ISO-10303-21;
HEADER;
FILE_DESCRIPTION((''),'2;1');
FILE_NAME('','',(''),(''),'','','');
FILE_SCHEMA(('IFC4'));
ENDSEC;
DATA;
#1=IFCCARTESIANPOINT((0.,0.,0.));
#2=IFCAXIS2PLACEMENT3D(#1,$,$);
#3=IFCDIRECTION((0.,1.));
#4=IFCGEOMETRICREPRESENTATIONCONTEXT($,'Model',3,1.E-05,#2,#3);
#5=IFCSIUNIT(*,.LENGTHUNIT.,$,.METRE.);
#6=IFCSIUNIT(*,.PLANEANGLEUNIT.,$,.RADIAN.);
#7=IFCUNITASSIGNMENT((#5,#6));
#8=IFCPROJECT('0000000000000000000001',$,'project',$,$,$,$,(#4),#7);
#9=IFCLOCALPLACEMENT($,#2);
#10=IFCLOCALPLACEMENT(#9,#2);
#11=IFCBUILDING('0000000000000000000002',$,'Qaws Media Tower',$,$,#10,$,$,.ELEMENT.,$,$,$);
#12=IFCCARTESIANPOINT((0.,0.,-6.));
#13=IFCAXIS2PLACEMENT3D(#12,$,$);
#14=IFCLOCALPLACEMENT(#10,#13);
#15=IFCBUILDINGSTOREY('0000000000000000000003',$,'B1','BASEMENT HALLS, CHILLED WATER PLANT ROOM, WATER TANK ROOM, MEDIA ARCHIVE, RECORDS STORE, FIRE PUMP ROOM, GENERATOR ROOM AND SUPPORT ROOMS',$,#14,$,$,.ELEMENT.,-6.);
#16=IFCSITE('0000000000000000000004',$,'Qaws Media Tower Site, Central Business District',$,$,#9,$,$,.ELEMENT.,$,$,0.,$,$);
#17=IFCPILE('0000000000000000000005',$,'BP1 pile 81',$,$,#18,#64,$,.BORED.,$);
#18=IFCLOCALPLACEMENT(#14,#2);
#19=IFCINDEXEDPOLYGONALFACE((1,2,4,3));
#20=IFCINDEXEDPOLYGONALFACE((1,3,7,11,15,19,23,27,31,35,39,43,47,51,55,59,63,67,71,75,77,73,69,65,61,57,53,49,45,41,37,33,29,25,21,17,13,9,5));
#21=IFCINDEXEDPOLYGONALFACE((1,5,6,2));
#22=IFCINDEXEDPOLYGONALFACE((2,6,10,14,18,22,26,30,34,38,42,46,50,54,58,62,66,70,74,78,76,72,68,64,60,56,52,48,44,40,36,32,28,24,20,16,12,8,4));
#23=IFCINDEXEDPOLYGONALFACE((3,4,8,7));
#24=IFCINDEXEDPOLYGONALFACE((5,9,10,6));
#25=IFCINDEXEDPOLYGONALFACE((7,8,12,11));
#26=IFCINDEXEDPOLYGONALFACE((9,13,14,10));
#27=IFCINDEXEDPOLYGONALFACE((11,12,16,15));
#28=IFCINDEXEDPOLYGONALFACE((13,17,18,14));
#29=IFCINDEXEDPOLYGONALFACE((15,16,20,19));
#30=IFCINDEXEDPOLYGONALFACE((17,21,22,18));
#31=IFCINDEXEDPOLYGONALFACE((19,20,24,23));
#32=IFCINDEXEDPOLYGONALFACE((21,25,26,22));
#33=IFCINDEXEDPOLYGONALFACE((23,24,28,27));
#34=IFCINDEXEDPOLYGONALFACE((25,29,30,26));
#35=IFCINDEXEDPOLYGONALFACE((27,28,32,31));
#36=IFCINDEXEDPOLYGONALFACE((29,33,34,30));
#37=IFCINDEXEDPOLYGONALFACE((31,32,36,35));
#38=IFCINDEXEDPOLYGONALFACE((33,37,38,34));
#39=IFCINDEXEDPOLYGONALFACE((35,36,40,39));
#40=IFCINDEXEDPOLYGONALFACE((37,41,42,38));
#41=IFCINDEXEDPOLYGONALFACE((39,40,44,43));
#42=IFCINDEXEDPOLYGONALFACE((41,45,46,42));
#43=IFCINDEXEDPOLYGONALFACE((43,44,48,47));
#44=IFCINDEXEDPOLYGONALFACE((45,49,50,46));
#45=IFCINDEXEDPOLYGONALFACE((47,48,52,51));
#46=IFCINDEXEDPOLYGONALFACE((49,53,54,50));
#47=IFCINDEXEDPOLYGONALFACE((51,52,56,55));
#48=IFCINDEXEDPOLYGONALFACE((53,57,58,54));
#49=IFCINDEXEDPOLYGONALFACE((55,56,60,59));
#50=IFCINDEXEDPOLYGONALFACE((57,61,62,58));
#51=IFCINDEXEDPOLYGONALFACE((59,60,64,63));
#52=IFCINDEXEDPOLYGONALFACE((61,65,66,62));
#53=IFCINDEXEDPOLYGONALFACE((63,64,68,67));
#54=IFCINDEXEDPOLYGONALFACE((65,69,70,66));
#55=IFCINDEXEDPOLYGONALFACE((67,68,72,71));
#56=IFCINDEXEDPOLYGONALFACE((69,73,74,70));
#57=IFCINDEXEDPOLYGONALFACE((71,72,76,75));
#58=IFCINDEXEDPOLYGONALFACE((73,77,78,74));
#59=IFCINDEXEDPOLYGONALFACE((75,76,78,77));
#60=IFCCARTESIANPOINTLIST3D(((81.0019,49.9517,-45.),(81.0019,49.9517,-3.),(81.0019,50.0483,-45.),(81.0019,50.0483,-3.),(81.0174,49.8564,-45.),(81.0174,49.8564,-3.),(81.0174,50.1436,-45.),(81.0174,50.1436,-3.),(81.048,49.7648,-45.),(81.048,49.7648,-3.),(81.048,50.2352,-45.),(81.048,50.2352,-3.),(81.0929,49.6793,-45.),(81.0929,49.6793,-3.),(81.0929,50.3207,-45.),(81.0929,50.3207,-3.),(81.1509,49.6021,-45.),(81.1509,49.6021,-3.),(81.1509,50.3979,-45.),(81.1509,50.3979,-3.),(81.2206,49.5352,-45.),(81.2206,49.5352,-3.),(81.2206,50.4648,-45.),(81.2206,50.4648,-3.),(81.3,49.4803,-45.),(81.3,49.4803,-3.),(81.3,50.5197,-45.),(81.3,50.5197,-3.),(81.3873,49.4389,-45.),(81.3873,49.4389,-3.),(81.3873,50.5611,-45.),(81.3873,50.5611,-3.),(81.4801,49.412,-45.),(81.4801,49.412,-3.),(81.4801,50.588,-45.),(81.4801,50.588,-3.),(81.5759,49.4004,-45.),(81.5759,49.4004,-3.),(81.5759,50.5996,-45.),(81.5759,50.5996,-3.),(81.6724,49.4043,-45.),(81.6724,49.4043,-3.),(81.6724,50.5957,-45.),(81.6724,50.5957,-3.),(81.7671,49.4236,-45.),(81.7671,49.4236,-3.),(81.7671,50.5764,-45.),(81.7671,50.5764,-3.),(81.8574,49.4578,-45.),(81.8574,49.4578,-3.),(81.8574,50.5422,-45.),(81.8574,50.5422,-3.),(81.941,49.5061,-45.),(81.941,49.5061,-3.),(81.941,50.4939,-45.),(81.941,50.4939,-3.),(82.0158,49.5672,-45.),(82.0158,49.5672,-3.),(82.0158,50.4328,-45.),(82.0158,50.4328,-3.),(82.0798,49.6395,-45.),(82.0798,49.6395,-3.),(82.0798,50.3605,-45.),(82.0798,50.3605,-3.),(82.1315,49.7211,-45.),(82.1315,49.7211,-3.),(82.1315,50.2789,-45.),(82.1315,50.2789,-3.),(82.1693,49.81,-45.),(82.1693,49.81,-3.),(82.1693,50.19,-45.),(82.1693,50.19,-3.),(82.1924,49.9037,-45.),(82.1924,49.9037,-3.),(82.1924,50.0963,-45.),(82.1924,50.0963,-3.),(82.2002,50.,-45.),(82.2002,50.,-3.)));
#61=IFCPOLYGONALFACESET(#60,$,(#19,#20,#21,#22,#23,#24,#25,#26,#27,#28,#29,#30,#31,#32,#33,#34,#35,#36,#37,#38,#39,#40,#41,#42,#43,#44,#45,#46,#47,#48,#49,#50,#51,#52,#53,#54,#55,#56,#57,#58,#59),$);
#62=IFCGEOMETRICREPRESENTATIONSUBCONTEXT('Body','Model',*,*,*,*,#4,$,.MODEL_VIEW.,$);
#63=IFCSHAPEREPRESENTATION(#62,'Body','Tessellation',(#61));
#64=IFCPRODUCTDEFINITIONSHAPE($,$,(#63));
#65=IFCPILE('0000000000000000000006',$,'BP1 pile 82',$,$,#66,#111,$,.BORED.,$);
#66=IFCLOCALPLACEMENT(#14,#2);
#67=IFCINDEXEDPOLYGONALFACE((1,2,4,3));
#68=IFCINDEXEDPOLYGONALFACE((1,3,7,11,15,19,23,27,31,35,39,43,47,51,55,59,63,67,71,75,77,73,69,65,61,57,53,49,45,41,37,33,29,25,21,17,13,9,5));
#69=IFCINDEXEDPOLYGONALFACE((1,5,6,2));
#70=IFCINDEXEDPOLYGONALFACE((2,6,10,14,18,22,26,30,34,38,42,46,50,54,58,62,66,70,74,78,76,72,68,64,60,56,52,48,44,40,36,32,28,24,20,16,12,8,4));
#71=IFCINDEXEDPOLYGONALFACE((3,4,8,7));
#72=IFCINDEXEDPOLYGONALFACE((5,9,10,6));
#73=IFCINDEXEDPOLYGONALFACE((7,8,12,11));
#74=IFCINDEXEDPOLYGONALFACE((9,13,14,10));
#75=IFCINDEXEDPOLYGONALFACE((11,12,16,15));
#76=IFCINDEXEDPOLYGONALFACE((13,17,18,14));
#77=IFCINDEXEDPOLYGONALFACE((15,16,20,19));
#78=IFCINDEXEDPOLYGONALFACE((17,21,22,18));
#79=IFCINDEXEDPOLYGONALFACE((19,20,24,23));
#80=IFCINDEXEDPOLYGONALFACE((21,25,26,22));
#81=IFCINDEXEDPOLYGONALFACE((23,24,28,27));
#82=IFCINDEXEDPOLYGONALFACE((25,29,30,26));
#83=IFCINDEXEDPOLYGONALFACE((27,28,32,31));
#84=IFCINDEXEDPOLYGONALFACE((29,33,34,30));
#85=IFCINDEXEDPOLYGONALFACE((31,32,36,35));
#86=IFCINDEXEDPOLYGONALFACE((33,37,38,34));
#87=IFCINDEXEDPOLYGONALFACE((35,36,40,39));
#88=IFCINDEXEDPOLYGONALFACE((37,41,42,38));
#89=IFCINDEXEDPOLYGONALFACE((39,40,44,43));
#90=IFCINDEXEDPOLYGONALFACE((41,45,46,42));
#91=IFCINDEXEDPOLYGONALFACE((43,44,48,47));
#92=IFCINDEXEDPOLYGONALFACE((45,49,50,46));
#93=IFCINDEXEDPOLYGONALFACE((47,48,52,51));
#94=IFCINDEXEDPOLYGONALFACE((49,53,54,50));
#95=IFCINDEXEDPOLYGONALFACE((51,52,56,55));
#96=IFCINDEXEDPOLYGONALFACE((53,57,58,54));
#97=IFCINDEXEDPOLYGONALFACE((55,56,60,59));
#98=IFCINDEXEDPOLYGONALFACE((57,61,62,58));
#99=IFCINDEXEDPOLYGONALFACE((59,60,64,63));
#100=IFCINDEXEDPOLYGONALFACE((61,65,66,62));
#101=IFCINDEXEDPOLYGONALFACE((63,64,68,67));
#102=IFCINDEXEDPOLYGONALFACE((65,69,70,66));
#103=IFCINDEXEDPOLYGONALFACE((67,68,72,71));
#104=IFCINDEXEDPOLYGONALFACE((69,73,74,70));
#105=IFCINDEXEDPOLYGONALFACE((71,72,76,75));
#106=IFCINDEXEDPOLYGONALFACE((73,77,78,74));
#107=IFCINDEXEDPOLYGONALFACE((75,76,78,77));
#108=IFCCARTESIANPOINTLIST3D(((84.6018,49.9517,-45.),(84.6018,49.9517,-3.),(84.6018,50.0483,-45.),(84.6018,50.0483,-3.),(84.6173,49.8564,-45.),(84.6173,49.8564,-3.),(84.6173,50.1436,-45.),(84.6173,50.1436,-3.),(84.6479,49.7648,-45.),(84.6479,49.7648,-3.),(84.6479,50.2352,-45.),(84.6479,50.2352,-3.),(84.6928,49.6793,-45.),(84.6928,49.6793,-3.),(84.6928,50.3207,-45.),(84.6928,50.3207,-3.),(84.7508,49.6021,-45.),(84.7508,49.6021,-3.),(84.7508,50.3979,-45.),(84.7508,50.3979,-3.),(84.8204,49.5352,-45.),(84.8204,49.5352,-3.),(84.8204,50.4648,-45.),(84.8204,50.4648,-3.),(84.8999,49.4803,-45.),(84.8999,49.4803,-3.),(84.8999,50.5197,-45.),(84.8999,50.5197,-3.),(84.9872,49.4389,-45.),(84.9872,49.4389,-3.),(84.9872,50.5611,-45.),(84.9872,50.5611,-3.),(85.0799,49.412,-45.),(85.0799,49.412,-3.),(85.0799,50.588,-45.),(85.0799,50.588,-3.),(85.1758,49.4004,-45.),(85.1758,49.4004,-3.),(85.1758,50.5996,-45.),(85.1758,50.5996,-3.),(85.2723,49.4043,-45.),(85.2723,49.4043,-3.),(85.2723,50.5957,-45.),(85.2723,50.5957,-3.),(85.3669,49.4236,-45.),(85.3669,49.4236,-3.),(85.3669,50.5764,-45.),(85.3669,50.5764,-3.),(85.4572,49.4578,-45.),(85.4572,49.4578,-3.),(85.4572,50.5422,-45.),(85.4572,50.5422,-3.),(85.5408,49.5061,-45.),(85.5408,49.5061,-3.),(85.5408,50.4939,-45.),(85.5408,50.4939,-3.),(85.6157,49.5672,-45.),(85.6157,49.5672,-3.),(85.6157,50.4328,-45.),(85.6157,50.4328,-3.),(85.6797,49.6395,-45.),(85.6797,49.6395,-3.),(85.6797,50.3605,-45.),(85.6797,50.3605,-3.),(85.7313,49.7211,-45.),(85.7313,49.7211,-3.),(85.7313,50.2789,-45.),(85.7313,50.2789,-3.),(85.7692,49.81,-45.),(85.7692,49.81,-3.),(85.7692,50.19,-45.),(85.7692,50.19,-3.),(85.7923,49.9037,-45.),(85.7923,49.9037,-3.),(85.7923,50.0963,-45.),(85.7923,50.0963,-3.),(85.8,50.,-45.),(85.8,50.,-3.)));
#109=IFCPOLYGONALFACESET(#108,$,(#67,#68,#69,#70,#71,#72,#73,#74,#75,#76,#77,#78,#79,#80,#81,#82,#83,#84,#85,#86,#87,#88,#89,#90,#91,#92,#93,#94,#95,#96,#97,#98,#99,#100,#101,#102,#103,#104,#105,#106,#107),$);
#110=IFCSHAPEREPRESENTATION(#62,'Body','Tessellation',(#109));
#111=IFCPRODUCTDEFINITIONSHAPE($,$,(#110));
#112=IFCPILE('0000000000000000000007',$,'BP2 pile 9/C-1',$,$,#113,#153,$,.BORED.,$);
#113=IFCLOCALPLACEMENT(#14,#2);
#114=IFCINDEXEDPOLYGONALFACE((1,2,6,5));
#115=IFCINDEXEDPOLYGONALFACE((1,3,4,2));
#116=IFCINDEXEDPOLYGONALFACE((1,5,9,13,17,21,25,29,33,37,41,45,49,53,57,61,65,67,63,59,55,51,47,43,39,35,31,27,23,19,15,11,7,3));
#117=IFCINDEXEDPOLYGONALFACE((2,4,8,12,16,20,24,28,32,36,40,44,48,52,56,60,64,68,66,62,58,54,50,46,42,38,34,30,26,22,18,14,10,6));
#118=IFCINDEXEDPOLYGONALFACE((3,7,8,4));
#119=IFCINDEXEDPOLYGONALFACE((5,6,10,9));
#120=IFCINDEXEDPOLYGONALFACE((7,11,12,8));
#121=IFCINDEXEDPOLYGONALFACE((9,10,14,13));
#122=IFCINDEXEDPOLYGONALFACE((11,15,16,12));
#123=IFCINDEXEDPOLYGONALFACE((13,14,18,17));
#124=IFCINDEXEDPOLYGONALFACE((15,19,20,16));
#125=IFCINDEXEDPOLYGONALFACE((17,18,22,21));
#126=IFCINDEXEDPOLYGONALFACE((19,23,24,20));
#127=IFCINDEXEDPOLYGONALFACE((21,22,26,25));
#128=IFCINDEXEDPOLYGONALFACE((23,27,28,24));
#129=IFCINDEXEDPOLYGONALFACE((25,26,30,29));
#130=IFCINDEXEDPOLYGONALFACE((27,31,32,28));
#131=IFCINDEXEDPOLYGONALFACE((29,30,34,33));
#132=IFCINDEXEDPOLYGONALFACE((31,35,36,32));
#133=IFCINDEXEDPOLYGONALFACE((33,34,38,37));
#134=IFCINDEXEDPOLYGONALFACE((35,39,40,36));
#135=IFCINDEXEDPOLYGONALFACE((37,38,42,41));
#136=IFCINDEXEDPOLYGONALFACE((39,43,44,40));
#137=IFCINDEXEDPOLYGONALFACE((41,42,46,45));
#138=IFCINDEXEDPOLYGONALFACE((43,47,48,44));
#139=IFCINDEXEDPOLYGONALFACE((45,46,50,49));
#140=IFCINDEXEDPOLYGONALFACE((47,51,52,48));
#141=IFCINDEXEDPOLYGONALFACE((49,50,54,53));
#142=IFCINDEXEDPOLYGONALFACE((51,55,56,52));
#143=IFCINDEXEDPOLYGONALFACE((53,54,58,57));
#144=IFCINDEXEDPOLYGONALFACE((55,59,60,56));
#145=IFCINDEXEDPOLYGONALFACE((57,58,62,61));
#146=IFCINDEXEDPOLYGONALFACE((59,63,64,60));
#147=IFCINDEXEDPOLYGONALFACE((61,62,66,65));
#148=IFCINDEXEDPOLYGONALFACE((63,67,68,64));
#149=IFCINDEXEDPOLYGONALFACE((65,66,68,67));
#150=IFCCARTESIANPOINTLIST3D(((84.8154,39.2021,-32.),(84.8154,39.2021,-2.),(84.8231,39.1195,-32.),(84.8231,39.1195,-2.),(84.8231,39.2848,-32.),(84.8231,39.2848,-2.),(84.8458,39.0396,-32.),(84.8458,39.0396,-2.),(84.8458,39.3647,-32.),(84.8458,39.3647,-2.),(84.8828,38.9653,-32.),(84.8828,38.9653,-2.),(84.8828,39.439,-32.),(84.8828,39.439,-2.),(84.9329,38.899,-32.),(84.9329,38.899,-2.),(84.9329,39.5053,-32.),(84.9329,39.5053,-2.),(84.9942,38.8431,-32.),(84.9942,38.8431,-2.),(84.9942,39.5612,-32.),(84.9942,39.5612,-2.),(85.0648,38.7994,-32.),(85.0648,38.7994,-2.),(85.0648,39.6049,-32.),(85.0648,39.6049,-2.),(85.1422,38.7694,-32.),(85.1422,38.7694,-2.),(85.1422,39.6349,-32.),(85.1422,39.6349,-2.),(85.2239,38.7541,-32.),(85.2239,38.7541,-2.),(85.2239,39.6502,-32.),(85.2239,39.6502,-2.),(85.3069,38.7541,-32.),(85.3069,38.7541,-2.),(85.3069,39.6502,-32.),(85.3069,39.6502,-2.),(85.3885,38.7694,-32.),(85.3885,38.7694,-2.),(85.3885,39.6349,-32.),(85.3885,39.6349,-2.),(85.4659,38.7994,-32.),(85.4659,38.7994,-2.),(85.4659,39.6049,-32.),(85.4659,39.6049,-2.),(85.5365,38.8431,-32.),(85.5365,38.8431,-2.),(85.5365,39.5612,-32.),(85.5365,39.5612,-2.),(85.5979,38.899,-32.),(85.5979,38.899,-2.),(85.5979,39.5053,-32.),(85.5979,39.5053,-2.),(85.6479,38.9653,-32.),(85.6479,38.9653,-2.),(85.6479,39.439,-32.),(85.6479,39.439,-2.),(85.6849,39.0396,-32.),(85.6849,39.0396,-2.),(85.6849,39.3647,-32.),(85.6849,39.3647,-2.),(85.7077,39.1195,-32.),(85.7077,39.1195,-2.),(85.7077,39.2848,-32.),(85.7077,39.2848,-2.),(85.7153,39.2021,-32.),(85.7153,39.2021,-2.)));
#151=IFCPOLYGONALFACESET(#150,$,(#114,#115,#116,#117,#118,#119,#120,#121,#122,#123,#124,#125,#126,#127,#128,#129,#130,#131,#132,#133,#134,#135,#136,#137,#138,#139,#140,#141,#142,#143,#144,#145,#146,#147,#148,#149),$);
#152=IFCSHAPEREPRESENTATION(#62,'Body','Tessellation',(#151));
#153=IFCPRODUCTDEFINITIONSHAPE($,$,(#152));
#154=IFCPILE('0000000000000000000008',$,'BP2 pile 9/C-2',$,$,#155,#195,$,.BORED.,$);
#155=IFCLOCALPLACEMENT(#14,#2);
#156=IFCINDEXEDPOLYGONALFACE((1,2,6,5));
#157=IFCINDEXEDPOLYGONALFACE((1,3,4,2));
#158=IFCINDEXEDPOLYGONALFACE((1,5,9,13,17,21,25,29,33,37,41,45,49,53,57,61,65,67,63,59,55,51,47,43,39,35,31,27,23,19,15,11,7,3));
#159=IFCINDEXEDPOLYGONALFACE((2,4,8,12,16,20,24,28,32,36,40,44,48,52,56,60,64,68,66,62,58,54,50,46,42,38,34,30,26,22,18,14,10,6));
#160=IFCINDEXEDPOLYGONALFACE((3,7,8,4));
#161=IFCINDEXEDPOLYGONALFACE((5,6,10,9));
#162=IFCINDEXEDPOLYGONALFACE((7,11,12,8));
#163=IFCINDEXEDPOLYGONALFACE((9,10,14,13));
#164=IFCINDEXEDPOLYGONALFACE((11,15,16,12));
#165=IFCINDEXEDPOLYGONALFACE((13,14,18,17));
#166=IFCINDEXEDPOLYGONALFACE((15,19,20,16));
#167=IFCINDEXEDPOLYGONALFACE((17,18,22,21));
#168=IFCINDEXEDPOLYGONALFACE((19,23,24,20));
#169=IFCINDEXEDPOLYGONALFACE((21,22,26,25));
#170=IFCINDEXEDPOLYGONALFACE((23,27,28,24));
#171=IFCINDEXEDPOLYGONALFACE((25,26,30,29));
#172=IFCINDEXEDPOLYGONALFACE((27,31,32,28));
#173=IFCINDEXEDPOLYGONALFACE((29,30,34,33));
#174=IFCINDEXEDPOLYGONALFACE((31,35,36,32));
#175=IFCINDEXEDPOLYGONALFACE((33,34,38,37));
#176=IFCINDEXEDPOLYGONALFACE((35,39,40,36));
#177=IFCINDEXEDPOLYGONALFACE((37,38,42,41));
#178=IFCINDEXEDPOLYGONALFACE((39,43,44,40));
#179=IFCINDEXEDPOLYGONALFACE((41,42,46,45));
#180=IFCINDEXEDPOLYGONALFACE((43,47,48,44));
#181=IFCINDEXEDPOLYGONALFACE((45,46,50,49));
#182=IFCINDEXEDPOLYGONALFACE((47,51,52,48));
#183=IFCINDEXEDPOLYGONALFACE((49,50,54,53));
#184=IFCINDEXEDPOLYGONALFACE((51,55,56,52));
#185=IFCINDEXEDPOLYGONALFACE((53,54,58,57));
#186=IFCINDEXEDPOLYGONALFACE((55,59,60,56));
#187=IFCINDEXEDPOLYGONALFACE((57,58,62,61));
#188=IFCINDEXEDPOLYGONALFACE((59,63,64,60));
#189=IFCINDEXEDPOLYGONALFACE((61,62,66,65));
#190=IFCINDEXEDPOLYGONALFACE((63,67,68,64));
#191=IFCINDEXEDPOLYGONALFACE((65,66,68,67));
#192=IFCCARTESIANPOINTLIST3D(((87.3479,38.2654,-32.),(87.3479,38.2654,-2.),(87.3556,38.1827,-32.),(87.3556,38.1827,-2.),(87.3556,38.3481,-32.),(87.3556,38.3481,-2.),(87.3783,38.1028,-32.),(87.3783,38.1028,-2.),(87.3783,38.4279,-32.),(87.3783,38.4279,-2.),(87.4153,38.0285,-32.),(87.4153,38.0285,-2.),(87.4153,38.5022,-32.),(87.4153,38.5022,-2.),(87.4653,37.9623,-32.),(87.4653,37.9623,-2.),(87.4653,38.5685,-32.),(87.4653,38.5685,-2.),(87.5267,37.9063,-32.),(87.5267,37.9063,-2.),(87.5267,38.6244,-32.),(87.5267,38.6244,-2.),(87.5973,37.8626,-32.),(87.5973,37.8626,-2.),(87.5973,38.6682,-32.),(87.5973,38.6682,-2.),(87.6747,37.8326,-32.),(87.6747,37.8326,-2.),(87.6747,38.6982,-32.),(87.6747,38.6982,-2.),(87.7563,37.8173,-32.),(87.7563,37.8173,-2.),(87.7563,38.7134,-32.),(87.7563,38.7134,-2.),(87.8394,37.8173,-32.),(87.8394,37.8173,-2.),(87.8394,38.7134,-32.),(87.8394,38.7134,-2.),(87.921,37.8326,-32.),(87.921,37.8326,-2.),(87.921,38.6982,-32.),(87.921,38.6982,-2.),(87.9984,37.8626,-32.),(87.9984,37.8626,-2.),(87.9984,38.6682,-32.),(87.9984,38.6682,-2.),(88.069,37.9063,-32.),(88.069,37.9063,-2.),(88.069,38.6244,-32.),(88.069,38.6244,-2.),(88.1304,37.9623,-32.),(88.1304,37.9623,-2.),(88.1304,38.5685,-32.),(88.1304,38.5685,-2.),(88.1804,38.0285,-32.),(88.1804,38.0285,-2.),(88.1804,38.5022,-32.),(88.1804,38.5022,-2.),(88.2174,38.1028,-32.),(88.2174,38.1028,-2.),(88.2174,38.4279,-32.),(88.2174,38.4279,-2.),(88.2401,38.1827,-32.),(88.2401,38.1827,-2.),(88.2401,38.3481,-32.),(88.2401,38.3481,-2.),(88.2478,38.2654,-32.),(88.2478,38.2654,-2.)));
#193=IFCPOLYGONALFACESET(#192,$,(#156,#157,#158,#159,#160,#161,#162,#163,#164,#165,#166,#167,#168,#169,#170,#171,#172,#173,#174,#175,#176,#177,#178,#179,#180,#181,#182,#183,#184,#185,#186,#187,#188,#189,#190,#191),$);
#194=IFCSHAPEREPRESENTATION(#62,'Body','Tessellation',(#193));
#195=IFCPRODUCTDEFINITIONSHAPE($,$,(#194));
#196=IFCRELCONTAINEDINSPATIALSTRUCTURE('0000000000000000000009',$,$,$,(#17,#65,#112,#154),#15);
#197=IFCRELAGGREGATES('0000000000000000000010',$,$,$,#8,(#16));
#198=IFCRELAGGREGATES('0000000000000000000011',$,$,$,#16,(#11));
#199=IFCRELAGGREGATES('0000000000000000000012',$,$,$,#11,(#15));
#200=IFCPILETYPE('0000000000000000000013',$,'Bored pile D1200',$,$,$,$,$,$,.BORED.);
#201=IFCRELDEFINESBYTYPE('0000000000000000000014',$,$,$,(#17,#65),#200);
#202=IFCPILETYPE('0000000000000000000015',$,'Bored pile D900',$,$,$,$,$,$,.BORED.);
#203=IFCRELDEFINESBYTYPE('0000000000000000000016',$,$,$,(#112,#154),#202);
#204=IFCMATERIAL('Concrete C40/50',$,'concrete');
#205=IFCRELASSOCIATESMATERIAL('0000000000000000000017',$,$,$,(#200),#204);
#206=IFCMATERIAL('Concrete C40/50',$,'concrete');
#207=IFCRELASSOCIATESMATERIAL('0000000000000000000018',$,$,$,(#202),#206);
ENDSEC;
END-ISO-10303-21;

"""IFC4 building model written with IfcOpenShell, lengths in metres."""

from ifc_helpers import new_model, si_unit, direction, frame, origin, origin_2d, place, context, subcontext, project, spatial, circle, extrude, material, material_profile, profile_set, type_object, element, save


model = new_model("IFC4")

# Units and contexts
model_context = context("Model", 3, precision=1e-05, world=origin(), true_north=direction((0.0, 1.0)))
body_context = subcontext(model_context, "Body", "Model", "MODEL_VIEW")
ifc_project = project(units=[si_unit("LENGTHUNIT", "METRE"), si_unit("PLANEANGLEUNIT", "RADIAN")], contexts=[model_context])

# Site, building, storey
site_placement = place(None, origin())
site = spatial("IfcSite", under=ifc_project, at=site_placement, Name="Qaws Media Tower Site, Central Business District", CompositionType="ELEMENT", RefElevation=0.0)
building_placement = place(site_placement, origin())
building = spatial("IfcBuilding", under=site, at=building_placement, Name="Qaws Media Tower", CompositionType="ELEMENT")
storey_placement = place(building_placement, frame((0.0, 0.0, -6.0)))
storey = spatial("IfcBuildingStorey", under=building, at=storey_placement, Name="B1", Description="BASEMENT HALLS, CHILLED WATER PLANT ROOM, WATER TANK ROOM, MEDIA ARCHIVE, RECORDS STORE, FIRE PUMP ROOM, GENERATOR ROOM AND SUPPORT ROOMS", CompositionType="ELEMENT", Elevation=-6.0)

# Piles
ifc_material_1 = material(Name="Concrete C40/50", Category="concrete")
ifc_material_profile_1 = material_profile(ifc_material_1, circle(Radius=0.6001, at=origin_2d()), Name="D1200")
ifc_profile_set_1 = profile_set([ifc_material_profile_1], Name="Concrete C40/50")
pile_type_1 = type_object("IfcPileType", Name="Bored pile D1200", PredefinedType="BORED", material=ifc_profile_set_1)
for number, where, z_axis, x_axis, name in (
    (1, (81.6001, 50.0, -3.0), (0.0, 0.0, -1.0), (1.0, 0.0, 0.0), "BP1 pile 81"),
    (2, (85.2, 50.0, -3.0), (0.0, 0.0, -1.0), (1.0, 0.0, 0.0), "BP1 pile 82"),
):
    element("IfcPile", number, at=place(storey_placement, frame(where, z_axis=z_axis, x_axis=x_axis)), inside=storey, type_object=pile_type_1, Name=name, PredefinedType="BORED", context=body_context, shape_type="SweptSolid", body=[
        extrude(circle(Radius=0.6001, at=origin_2d()), origin(), (0.0, 0.0, 1.0), 42.0),
    ])
ifc_material_2 = material(Name="Concrete C40/50", Category="concrete")
ifc_material_profile_2 = material_profile(ifc_material_2, circle(Radius=0.45, at=origin_2d()), Name="D900")
ifc_profile_set_2 = profile_set([ifc_material_profile_2], Name="Concrete C40/50")
pile_type_2 = type_object("IfcPileType", Name="Bored pile D900", PredefinedType="BORED", material=ifc_profile_set_2)
for number, where, z_axis, x_axis, name in (
    (3, (85.2654, 39.2021, -2.0), (0.0, 0.0, -1.0), (1.0, 0.0, 0.0), "BP2 pile 9/C-1"),
    (4, (87.7979, 38.2654, -2.0), (0.0, 0.0, -1.0), (1.0, 0.0, 0.0), "BP2 pile 9/C-2"),
):
    element("IfcPile", number, at=place(storey_placement, frame(where, z_axis=z_axis, x_axis=x_axis)), inside=storey, type_object=pile_type_2, Name=name, PredefinedType="BORED", context=body_context, shape_type="SweptSolid", body=[
        extrude(circle(Radius=0.45, at=origin_2d()), origin(), (0.0, 0.0, 1.0), 30.0),
    ])

save(model, "model.ifc")
